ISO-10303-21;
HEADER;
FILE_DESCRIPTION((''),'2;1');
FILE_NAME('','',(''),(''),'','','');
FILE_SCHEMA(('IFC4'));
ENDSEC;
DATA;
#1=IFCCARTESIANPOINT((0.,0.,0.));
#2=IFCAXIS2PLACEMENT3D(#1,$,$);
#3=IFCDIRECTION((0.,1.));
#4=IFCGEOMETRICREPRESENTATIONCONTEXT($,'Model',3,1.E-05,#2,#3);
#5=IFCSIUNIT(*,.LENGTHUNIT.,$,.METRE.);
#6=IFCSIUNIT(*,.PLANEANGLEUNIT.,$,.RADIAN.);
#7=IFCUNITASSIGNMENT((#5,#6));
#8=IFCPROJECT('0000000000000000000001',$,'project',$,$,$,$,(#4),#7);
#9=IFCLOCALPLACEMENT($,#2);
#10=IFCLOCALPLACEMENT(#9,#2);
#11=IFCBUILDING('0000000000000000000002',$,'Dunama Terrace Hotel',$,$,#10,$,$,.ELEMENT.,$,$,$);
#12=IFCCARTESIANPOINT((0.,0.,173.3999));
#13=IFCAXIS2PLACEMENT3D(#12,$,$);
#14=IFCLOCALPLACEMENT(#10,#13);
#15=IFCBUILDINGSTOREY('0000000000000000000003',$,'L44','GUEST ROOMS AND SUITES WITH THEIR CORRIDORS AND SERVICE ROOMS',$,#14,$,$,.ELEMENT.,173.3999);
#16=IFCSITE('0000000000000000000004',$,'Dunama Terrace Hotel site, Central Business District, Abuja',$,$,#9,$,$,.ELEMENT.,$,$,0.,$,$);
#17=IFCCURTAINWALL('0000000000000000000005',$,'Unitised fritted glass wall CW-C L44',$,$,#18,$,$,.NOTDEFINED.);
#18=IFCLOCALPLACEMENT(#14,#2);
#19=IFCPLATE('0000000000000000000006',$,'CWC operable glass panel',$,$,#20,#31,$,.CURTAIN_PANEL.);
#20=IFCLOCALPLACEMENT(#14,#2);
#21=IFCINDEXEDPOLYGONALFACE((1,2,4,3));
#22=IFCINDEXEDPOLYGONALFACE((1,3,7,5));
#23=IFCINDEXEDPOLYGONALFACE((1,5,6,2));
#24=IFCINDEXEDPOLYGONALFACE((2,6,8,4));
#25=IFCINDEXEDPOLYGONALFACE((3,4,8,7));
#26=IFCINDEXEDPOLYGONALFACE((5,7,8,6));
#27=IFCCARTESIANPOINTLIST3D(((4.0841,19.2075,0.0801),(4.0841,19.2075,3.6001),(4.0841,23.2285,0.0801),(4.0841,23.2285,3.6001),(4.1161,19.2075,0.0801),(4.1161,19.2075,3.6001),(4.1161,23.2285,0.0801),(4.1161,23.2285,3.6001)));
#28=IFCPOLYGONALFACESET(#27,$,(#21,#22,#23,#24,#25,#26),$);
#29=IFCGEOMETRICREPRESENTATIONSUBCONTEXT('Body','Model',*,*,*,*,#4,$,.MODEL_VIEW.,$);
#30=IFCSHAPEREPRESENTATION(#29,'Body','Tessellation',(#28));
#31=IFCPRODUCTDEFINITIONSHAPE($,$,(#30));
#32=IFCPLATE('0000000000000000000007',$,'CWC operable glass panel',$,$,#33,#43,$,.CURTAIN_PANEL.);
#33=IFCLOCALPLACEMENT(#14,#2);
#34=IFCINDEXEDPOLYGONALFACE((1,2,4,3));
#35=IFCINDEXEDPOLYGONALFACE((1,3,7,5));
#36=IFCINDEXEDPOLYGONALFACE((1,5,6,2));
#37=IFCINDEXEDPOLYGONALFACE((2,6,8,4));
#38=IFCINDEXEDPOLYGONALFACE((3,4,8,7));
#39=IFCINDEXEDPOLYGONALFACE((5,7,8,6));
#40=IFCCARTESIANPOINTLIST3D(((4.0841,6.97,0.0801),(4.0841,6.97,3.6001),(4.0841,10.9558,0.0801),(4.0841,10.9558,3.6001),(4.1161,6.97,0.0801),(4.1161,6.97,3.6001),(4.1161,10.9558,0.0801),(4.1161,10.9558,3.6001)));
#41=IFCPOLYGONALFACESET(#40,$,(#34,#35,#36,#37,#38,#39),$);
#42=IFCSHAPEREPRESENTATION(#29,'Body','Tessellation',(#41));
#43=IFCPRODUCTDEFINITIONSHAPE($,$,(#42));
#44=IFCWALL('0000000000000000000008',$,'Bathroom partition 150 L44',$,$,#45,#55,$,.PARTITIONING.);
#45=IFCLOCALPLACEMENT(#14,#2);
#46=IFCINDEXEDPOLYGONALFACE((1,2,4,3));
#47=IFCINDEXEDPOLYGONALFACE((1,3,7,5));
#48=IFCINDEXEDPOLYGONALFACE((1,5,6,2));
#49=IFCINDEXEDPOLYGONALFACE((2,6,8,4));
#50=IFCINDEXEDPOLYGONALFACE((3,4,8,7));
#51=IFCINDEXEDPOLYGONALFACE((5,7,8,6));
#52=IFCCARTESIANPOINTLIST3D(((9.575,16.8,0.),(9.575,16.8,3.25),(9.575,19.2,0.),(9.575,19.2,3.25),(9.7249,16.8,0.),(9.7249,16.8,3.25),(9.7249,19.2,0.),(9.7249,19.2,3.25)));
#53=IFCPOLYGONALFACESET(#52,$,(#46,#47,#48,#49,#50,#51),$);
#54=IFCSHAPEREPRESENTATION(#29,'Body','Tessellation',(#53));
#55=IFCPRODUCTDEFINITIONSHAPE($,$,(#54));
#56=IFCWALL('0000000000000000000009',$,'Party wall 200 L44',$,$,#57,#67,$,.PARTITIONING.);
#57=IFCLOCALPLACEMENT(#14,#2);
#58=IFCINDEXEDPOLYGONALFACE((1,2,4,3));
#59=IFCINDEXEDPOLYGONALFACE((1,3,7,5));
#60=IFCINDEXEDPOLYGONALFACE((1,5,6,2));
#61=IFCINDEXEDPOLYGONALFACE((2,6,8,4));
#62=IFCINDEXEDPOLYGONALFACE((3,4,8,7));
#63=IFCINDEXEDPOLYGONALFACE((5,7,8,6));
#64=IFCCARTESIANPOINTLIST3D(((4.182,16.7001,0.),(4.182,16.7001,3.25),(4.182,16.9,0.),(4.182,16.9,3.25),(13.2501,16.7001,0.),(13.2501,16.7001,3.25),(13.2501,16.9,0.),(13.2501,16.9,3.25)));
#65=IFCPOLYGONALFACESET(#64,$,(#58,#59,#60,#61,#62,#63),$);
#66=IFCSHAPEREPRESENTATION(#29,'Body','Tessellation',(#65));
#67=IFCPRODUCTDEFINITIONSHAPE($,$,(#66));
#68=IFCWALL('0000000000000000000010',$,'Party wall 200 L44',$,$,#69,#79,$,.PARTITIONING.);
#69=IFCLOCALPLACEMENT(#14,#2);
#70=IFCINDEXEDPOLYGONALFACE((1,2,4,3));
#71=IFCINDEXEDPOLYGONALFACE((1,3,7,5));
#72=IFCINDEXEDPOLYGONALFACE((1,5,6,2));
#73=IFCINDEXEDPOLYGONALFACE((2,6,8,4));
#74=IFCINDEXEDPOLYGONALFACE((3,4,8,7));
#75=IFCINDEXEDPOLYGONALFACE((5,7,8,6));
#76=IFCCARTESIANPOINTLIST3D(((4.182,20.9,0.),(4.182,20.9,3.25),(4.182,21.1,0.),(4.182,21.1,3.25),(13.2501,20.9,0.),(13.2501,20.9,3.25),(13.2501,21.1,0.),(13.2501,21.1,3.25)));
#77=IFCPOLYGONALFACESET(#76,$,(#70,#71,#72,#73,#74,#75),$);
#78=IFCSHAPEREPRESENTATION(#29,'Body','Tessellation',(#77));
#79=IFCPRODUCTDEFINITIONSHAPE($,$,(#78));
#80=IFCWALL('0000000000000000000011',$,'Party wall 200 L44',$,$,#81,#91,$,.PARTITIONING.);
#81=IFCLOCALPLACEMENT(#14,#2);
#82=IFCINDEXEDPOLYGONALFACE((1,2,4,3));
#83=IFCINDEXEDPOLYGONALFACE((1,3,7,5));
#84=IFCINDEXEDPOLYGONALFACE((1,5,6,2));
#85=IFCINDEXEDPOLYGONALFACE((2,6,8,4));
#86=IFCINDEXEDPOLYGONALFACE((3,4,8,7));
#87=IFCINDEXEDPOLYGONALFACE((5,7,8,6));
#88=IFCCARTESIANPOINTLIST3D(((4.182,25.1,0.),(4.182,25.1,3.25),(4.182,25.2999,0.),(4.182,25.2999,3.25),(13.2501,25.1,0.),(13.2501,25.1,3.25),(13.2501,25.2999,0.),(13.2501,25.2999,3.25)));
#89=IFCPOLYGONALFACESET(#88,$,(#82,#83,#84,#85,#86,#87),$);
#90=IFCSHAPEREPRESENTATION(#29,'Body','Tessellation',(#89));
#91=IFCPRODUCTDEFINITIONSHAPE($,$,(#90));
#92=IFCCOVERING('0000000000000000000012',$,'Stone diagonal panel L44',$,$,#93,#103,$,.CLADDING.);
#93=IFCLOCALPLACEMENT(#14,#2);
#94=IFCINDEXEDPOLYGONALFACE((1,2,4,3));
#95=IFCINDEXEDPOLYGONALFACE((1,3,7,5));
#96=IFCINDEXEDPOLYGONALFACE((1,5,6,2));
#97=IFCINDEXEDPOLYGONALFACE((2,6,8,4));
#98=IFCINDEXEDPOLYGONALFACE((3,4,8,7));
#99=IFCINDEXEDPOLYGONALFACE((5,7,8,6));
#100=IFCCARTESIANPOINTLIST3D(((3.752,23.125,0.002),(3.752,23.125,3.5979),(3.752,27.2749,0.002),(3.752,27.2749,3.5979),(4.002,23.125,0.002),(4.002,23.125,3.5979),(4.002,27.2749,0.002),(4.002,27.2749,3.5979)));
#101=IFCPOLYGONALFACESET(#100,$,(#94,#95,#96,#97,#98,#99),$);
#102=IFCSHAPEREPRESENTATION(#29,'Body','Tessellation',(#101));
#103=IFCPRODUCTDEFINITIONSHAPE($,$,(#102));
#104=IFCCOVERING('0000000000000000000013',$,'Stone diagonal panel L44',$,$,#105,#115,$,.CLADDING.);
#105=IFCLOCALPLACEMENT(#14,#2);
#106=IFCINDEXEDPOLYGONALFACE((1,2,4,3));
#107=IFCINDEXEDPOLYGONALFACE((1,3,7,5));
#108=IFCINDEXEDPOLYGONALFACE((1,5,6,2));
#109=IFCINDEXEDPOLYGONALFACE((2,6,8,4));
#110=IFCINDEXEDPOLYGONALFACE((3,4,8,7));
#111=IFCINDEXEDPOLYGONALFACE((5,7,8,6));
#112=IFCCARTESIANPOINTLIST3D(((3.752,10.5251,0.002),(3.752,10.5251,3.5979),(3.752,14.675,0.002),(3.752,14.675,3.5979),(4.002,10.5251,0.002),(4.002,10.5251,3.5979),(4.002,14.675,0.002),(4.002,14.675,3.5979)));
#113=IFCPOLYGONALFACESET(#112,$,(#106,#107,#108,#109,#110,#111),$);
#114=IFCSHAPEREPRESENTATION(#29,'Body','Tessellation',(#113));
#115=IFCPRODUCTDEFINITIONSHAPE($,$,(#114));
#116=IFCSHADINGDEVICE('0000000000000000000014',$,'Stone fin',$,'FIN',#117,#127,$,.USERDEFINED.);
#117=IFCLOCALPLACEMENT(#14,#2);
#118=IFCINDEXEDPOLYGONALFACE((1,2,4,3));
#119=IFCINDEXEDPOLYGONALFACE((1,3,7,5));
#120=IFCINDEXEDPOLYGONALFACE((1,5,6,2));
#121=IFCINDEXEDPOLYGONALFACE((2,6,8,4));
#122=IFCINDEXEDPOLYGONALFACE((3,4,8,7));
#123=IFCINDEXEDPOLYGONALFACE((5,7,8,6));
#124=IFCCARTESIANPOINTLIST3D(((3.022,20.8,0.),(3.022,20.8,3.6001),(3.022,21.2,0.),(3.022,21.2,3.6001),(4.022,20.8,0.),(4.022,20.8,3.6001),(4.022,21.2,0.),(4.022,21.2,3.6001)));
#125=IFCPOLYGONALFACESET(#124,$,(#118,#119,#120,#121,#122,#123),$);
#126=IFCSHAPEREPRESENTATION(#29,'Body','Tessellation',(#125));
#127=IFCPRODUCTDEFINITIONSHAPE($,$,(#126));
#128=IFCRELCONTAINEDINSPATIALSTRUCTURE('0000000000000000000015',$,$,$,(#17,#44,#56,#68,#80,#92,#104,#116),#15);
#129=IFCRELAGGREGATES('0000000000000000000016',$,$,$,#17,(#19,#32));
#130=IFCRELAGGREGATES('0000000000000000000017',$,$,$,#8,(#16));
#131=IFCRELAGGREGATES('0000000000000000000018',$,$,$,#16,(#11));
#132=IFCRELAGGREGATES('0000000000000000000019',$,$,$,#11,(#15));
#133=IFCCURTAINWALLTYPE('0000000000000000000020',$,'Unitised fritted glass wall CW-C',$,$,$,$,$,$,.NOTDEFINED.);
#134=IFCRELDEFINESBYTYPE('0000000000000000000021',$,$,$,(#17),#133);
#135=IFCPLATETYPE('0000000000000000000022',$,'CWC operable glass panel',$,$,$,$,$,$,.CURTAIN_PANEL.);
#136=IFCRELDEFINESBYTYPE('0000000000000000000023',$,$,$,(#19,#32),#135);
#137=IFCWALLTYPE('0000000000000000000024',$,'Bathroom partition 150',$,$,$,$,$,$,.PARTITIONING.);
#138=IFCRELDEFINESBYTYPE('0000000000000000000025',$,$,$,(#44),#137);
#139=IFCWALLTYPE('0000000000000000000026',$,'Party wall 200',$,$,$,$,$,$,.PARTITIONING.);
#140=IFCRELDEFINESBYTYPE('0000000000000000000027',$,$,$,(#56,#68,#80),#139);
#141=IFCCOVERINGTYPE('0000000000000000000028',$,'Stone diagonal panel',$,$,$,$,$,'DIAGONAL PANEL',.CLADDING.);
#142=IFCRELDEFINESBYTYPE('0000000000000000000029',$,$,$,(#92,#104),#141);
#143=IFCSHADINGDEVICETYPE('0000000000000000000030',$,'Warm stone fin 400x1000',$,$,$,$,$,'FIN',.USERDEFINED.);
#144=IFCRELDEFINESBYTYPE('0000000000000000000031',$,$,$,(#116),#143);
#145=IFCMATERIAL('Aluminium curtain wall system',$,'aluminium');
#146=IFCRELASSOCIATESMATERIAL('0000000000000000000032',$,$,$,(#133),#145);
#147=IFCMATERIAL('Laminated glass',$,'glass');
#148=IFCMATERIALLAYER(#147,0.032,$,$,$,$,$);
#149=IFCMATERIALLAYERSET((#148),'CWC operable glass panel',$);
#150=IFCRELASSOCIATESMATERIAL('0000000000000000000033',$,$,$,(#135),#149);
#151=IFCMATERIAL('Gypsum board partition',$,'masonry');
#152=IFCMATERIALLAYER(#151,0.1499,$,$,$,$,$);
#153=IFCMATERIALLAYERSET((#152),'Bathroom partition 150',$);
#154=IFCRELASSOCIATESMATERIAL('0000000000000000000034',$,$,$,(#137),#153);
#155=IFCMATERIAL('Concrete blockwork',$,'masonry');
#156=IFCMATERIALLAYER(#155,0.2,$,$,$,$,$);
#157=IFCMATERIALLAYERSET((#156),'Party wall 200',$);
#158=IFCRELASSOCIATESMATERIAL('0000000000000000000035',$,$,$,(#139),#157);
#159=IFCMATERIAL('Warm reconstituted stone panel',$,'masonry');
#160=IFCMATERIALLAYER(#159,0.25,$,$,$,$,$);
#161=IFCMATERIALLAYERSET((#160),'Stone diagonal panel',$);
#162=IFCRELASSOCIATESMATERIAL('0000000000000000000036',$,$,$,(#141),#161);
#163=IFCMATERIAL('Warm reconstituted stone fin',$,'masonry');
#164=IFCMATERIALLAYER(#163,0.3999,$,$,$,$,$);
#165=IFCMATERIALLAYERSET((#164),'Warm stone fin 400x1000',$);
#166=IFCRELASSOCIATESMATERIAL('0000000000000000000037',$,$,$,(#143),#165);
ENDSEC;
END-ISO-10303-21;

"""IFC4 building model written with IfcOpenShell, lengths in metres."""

from ifc_helpers import new_model, si_unit, direction, frame, frame_2d, origin, origin_2d, place, context, subcontext, project, spatial, rectangle, extrude, material, layer, layer_set, type_object, element, aggregate, save


model = new_model("IFC4")

# Units and contexts
model_context = context("Model", 3, precision=1e-05, world=origin(), true_north=direction((0.0, 1.0)))
body_context = subcontext(model_context, "Body", "Model", "MODEL_VIEW")
ifc_project = project(units=[si_unit("LENGTHUNIT", "METRE"), si_unit("PLANEANGLEUNIT", "RADIAN")], contexts=[model_context])

# Site, building, storey
site_placement = place(None, origin())
site = spatial("IfcSite", under=ifc_project, at=site_placement, Name="Dunama Terrace Hotel site, Central Business District, Abuja", CompositionType="ELEMENT", RefElevation=0.0)
building_placement = place(site_placement, origin())
building = spatial("IfcBuilding", under=site, at=building_placement, Name="Dunama Terrace Hotel", CompositionType="ELEMENT")
storey_placement = place(building_placement, frame((0.0, 0.0, 173.3999)))
storey = spatial("IfcBuildingStorey", under=building, at=storey_placement, Name="L44", Description="GUEST ROOMS AND SUITES WITH THEIR CORRIDORS AND SERVICE ROOMS", CompositionType="ELEMENT", Elevation=173.3999)

# Curtain wall
ifc_material_1 = material(Name="Aluminium curtain wall system", Category="aluminium")
curtain_wall_type = type_object("IfcCurtainWallType", Name="Unitised fritted glass wall CW-C", PredefinedType="NOTDEFINED", material=ifc_material_1)
curtain_wall_placement = place(storey_placement, origin())
curtain_wall = element("IfcCurtainWall", 1, at=curtain_wall_placement, inside=storey, type_object=curtain_wall_type, Name="Unitised fritted glass wall CW-C L44", PredefinedType="NOTDEFINED")

# Plates
ifc_material_2 = material(Name="Laminated glass", Category="glass")
ifc_layer_1 = layer(ifc_material_2, 0.032)
ifc_layer_set_1 = layer_set([ifc_layer_1], Name="CWC operable glass panel")
plate_type_1 = type_object("IfcPlateType", Name="CWC operable glass panel", PredefinedType="CURTAIN_PANEL", material=ifc_layer_set_1)
plate_1_placement = place(storey_placement, frame((4.1001, 21.218, 0.0801), z_axis=(0.0, 0.0, 1.0), x_axis=(0.0, -1.0, 0.0)))
plate_1 = element("IfcPlate", 2, at=plate_1_placement, type_object=plate_type_1, Name="CWC operable glass panel", PredefinedType="CURTAIN_PANEL", context=body_context, shape_type="SweptSolid", body=[
    extrude(rectangle(XDim=4.021, YDim=0.032, at=origin_2d()), origin(), (0.0, 0.0, 1.0), 3.52),
])
plate_2_placement = place(storey_placement, frame((4.1001, 8.9629, 0.0801), z_axis=(0.0, 0.0, 1.0), x_axis=(0.0, -1.0, 0.0)))
plate_2 = element("IfcPlate", 3, at=plate_2_placement, type_object=plate_type_1, Name="CWC operable glass panel", PredefinedType="CURTAIN_PANEL", context=body_context, shape_type="SweptSolid", body=[
    extrude(rectangle(XDim=3.9858, YDim=0.032, at=origin_2d()), origin(), (0.0, 0.0, 1.0), 3.52),
])
aggregate(curtain_wall, [plate_1, plate_2])

# Walls
ifc_material_3 = material(Name="Gypsum board partition", Category="masonry")
ifc_layer_2 = layer(ifc_material_3, 0.1499)
ifc_layer_set_2 = layer_set([ifc_layer_2], Name="Bathroom partition 150")
wall_type_1 = type_object("IfcWallType", Name="Bathroom partition 150", PredefinedType="PARTITIONING", material=ifc_layer_set_2)
wall_placement = place(storey_placement, frame((9.6499, 16.8, 0.0), z_axis=(0.0, 0.0, 1.0), x_axis=(0.0, 1.0, 0.0)))
element("IfcWall", 4, at=wall_placement, inside=storey, type_object=wall_type_1, Name="Bathroom partition 150 L44", PredefinedType="PARTITIONING", context=body_context, shape_type="SweptSolid", body=[
    extrude(rectangle(XDim=2.3999, YDim=0.1499, at=frame_2d((1.2, 0.0))), origin(), (0.0, 0.0, 1.0), 3.25),
])
ifc_material_4 = material(Name="Concrete blockwork", Category="masonry")
ifc_layer_3 = layer(ifc_material_4, 0.2)
ifc_layer_set_3 = layer_set([ifc_layer_3], Name="Party wall 200")
wall_type_2 = type_object("IfcWallType", Name="Party wall 200", PredefinedType="PARTITIONING", material=ifc_layer_set_3)
for number, where, z_axis, x_axis, name in (
    (5, (4.1819, 16.8, 0.0), (0.0, 0.0, 1.0), (1.0, 0.0, 0.0), "Party wall 200 L44"),
    (6, (4.1819, 21.0, 0.0), (0.0, 0.0, 1.0), (1.0, 0.0, 0.0), "Party wall 200 L44"),
    (7, (4.1819, 25.2, 0.0), (0.0, 0.0, 1.0), (1.0, 0.0, 0.0), "Party wall 200 L44"),
):
    element("IfcWall", number, at=place(storey_placement, frame(where, z_axis=z_axis, x_axis=x_axis)), inside=storey, type_object=wall_type_2, Name=name, PredefinedType="PARTITIONING", context=body_context, shape_type="SweptSolid", body=[
        extrude(rectangle(XDim=9.0681, YDim=0.2, at=frame_2d((4.5342, 0.0))), origin(), (0.0, 0.0, 1.0), 3.25),
    ])

# Coverings
ifc_material_5 = material(Name="Warm reconstituted stone panel", Category="masonry")
ifc_layer_4 = layer(ifc_material_5, 0.25)
ifc_layer_set_4 = layer_set([ifc_layer_4], Name="Stone diagonal panel")
covering_type = type_object("IfcCoveringType", Name="Stone diagonal panel", ElementType="DIAGONAL PANEL", PredefinedType="CLADDING", material=ifc_layer_set_4)
for number, where, z_axis, x_axis, name in (
    (8, (3.877, 25.2, 0.002), (0.0, 0.0, 1.0), (0.0, -1.0, 0.0), "Stone diagonal panel L44"),
    (9, (3.877, 12.6001, 0.002), (0.0, 0.0, 1.0), (0.0, -1.0, 0.0), "Stone diagonal panel L44"),
):
    element("IfcCovering", number, at=place(storey_placement, frame(where, z_axis=z_axis, x_axis=x_axis)), inside=storey, type_object=covering_type, Name=name, PredefinedType="CLADDING", context=body_context, shape_type="SweptSolid", body=[
        extrude(rectangle(XDim=4.1499, YDim=0.25, at=origin_2d()), origin(), (0.0, 0.0, 1.0), 3.5959),
    ])

# Shading device
ifc_material_6 = material(Name="Warm reconstituted stone fin", Category="masonry")
ifc_layer_5 = layer(ifc_material_6, 0.3999)
ifc_layer_set_5 = layer_set([ifc_layer_5], Name="Warm stone fin 400x1000")
shading_device_type = type_object("IfcShadingDeviceType", Name="Warm stone fin 400x1000", ElementType="FIN", PredefinedType="USERDEFINED", material=ifc_layer_set_5)
shading_device_placement = place(storey_placement, frame((3.522, 21.0, 0.0), z_axis=(0.0, 0.0, 1.0), x_axis=(0.0, -1.0, 0.0)))
element("IfcShadingDevice", 10, at=shading_device_placement, inside=storey, type_object=shading_device_type, Name="Stone fin", ObjectType="FIN", PredefinedType="USERDEFINED", context=body_context, shape_type="SweptSolid", body=[
    extrude(rectangle(XDim=0.3999, YDim=1.0, at=origin_2d()), origin(), (0.0, 0.0, 1.0), 3.6001),
])

save(model, "model.ifc")
